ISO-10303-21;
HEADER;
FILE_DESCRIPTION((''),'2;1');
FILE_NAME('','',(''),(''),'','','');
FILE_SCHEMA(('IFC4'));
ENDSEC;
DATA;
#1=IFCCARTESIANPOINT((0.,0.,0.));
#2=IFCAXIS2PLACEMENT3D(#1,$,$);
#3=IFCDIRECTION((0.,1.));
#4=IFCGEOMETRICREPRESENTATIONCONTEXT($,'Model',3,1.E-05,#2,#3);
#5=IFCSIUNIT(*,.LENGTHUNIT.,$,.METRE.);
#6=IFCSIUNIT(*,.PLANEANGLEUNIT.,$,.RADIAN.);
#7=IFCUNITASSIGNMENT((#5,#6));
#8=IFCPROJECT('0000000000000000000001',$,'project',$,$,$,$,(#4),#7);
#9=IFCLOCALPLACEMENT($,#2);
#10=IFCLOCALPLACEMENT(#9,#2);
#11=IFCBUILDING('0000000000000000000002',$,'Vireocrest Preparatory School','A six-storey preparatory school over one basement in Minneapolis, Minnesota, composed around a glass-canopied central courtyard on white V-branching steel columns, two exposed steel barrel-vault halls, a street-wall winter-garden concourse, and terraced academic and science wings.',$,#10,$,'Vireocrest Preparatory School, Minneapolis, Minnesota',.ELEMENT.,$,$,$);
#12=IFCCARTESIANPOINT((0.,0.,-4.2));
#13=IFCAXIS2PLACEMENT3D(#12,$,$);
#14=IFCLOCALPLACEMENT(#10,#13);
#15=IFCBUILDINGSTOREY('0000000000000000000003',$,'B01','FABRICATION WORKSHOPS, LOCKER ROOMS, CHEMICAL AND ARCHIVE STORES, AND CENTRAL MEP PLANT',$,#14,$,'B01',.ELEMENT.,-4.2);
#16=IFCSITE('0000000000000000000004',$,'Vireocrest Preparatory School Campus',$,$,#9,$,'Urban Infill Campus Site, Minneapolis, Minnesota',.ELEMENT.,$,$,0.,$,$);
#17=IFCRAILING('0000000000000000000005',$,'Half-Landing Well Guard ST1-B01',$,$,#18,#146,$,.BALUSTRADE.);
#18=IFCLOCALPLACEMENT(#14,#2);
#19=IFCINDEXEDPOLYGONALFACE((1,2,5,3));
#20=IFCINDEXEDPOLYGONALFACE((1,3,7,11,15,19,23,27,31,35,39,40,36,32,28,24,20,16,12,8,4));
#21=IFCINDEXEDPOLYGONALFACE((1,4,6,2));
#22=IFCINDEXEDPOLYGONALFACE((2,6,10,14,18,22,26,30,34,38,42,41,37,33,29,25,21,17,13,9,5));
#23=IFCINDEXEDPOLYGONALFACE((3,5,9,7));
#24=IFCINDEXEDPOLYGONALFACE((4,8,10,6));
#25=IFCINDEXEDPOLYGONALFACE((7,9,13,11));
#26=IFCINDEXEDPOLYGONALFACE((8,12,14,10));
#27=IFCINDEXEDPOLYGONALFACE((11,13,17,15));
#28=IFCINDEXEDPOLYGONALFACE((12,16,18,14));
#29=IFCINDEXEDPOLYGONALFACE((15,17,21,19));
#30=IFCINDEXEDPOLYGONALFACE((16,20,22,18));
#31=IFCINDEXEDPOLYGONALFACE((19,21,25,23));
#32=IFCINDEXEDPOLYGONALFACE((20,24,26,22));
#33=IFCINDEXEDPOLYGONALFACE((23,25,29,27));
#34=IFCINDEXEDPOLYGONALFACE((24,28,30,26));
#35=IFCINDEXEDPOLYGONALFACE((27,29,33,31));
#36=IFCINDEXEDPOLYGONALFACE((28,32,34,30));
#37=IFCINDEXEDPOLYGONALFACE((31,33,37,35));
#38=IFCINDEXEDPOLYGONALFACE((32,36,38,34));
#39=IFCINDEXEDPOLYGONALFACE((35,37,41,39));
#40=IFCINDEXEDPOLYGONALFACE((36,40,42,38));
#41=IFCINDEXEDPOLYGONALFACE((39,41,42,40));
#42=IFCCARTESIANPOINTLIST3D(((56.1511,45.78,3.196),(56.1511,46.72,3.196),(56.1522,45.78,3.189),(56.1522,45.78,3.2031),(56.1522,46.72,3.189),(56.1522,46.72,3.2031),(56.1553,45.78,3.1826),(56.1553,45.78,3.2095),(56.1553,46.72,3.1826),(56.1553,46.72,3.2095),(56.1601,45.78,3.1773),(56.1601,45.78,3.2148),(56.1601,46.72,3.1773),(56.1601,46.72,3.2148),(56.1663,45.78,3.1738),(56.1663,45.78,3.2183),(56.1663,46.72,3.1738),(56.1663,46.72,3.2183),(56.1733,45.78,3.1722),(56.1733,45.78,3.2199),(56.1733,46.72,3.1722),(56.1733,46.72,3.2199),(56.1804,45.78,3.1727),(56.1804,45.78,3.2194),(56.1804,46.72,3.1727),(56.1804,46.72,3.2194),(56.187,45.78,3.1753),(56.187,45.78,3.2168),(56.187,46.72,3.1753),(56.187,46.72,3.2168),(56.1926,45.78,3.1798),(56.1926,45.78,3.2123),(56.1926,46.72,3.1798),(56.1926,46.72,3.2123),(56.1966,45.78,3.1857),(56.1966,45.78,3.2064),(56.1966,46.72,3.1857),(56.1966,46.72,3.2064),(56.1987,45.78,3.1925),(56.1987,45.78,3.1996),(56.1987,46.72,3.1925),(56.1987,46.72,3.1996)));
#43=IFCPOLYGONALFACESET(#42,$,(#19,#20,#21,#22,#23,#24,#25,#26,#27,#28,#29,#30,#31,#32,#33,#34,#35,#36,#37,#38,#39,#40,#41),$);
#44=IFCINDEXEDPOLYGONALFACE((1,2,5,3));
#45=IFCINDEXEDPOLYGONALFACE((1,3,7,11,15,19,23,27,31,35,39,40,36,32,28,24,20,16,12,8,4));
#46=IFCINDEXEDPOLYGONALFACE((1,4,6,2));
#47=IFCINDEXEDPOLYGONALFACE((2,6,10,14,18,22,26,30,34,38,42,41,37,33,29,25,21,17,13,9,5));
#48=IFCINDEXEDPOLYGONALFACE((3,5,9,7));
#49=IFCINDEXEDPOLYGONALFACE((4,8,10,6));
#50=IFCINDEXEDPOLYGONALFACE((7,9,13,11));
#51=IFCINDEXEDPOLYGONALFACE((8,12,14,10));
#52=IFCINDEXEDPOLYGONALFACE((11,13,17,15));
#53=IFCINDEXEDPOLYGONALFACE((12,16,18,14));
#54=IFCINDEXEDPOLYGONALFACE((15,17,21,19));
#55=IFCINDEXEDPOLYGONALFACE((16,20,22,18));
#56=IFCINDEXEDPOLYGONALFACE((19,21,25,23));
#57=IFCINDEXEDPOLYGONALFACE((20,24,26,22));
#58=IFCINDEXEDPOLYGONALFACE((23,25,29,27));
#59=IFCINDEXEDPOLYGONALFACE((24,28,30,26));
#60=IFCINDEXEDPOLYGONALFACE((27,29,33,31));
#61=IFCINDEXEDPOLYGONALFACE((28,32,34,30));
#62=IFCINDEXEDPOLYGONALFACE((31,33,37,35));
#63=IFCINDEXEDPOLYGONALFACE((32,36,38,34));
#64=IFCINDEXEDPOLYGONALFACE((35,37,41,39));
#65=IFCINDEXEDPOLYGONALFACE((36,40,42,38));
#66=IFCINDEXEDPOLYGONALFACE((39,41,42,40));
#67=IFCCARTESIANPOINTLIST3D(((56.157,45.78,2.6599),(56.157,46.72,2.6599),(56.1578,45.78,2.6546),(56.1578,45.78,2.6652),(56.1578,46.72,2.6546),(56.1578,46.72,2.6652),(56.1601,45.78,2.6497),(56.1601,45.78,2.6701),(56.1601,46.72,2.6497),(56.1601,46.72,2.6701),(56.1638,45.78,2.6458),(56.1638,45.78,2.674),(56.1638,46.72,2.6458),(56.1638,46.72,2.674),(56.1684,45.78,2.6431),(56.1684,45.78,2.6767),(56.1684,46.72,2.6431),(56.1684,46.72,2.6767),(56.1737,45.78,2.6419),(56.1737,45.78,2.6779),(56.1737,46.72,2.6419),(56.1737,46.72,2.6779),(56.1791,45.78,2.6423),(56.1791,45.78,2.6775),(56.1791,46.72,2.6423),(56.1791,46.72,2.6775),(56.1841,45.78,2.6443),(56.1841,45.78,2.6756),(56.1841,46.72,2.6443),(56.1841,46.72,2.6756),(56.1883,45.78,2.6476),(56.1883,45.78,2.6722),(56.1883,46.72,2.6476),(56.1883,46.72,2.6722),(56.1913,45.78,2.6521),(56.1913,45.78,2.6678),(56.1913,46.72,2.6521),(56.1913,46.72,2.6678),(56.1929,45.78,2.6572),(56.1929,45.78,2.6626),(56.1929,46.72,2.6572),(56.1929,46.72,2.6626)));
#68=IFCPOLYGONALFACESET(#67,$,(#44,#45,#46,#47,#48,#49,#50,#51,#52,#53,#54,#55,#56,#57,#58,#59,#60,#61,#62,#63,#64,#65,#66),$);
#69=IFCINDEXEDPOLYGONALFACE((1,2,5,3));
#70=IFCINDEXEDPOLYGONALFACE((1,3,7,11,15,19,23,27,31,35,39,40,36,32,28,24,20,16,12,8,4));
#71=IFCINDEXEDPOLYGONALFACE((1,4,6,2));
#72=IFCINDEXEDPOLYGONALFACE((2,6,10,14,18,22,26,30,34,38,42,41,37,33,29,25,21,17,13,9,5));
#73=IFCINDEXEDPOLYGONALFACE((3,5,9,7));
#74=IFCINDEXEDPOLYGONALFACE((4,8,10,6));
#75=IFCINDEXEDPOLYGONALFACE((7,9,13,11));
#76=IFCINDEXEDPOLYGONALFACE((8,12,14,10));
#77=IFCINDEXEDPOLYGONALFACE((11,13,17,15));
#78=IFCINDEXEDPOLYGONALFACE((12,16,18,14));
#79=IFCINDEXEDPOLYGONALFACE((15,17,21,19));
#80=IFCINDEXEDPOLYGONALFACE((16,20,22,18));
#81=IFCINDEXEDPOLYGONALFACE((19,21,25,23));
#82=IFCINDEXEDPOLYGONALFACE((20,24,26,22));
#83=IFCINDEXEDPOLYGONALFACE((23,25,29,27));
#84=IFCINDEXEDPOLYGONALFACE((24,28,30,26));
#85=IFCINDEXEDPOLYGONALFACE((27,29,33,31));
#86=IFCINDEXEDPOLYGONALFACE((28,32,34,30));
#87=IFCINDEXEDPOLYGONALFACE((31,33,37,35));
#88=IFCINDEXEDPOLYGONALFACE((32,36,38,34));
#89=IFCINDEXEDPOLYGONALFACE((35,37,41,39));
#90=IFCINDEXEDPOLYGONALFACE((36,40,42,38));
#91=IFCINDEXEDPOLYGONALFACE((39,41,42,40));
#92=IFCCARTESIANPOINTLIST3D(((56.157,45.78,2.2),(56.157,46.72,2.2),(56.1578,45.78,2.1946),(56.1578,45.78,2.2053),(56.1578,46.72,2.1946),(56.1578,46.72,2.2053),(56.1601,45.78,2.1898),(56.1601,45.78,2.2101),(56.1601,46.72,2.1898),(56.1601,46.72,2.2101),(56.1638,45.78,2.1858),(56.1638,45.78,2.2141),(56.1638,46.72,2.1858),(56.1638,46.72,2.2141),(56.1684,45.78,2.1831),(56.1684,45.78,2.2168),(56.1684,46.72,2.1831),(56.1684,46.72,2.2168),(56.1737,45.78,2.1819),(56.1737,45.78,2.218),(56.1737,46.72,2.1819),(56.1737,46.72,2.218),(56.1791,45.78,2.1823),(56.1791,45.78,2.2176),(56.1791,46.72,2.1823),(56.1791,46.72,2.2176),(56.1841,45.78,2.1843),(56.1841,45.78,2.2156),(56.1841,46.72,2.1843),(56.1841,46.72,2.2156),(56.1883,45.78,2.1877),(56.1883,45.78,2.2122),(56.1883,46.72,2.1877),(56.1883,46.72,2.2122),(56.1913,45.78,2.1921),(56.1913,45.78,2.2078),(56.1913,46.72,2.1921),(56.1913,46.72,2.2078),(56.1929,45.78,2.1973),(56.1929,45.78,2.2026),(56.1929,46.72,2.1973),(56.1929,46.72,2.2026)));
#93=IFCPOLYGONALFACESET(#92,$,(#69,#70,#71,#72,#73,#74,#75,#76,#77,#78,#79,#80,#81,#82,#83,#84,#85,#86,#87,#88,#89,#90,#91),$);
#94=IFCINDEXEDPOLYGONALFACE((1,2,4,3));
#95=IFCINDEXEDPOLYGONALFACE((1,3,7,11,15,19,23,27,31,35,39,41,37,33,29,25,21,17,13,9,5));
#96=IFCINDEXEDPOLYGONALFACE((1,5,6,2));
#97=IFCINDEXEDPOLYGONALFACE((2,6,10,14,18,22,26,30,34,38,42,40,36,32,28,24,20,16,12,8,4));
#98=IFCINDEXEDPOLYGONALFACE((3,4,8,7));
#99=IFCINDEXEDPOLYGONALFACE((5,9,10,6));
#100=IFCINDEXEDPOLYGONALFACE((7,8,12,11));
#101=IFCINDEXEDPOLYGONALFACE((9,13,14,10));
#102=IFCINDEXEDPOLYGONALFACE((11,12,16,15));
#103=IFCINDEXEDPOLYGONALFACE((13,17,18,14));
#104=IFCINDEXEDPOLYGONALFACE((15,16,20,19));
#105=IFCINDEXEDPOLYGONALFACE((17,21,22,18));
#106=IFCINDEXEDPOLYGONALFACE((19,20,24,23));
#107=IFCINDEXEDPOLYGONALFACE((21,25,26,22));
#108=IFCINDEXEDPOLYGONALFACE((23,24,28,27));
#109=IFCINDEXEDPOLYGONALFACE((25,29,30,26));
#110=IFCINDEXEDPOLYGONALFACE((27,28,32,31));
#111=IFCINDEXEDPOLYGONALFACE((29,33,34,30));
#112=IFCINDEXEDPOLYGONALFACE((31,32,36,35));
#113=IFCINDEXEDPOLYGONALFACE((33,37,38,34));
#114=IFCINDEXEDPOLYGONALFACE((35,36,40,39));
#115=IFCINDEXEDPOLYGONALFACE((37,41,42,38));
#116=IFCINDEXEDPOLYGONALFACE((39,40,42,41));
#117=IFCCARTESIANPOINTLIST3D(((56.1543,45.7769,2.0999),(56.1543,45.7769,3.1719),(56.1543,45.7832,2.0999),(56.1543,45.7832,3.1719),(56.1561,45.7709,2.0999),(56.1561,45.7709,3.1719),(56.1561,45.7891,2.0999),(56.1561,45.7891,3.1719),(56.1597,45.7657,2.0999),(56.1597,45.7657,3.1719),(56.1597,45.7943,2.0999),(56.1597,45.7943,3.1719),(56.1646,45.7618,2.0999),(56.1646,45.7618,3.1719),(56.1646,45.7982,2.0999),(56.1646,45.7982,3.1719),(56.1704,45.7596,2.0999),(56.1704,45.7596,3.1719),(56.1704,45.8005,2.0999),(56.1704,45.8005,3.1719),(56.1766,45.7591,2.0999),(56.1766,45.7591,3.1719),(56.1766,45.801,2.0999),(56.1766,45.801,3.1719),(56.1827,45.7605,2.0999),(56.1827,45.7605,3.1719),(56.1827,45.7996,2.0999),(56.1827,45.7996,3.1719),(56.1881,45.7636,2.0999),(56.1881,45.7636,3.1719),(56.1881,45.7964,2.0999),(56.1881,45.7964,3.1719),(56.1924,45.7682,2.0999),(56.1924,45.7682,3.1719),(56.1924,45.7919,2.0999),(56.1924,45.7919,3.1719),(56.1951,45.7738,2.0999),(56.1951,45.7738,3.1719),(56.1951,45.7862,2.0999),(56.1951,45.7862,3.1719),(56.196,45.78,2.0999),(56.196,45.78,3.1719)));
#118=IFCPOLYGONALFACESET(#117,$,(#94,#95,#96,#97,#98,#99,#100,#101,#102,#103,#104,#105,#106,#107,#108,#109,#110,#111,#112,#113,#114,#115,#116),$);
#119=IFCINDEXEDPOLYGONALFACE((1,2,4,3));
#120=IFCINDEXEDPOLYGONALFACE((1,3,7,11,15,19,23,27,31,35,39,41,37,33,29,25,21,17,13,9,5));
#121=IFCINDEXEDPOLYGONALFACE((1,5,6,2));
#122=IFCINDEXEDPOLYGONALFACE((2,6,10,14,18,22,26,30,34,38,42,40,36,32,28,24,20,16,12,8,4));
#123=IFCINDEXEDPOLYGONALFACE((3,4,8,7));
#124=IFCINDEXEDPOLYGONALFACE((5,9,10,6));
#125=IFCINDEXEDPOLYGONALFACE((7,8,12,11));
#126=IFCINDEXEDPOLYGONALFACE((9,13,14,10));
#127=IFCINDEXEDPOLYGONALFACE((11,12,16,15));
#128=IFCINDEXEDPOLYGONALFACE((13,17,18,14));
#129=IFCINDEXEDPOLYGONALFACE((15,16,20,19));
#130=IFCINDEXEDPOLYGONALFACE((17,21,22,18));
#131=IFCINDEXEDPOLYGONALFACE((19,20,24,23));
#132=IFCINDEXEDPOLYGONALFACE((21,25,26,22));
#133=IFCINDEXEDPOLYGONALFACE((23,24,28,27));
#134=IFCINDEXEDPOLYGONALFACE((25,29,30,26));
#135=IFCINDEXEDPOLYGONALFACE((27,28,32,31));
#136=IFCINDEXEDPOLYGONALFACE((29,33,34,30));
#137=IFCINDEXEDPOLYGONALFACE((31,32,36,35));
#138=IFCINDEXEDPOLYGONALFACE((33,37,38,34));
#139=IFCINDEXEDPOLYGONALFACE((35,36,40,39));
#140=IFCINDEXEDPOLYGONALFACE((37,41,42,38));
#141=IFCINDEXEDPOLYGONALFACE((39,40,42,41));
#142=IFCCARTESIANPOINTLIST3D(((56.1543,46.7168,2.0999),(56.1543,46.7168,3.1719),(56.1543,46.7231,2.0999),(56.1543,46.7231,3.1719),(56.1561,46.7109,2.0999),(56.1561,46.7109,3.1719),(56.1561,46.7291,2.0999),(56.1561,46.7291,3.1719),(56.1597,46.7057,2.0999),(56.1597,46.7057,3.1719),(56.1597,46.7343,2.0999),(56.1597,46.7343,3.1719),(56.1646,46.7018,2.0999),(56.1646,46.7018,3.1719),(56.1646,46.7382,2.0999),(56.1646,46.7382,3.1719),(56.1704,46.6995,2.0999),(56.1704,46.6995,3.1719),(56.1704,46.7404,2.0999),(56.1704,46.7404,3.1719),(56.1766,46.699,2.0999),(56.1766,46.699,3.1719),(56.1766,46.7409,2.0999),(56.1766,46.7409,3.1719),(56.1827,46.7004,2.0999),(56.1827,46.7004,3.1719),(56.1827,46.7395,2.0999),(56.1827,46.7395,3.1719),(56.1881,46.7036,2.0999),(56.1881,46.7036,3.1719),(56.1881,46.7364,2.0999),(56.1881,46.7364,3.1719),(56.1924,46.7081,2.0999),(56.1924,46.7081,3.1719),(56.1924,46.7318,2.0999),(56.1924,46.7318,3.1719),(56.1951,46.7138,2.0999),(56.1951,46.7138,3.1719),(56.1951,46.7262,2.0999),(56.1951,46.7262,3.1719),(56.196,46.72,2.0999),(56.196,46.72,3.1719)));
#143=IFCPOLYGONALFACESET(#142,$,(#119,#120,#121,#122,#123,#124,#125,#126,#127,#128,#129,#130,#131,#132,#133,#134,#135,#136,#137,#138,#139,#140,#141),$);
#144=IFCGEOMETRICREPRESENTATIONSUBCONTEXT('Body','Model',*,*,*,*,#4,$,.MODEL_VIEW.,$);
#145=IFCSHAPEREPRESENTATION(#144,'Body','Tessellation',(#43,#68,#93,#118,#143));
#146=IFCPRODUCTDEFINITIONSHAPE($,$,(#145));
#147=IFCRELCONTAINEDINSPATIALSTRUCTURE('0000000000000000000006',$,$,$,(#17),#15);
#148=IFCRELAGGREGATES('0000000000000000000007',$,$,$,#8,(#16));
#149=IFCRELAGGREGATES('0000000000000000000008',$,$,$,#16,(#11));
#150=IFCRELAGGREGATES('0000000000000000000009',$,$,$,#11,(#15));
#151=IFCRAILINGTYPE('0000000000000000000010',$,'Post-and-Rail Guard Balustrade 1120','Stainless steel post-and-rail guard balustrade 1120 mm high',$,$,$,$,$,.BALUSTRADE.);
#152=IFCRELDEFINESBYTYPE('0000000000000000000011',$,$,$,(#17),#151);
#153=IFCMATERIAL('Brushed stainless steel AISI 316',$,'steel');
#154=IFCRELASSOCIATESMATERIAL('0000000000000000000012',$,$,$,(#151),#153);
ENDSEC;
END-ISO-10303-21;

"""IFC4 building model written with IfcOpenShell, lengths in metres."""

from ifc_helpers import new_model, si_unit, direction, frame, origin, origin_2d, place, context, subcontext, project, spatial, circle, extrude, material, type_object, element, save


model = new_model("IFC4")

# Units and contexts
model_context = context("Model", 3, precision=1e-05, world=origin(), true_north=direction((0.0, 1.0)))
body_context = subcontext(model_context, "Body", "Model", "MODEL_VIEW")
ifc_project = project(units=[si_unit("LENGTHUNIT", "METRE"), si_unit("PLANEANGLEUNIT", "RADIAN")], contexts=[model_context])

# Site, building, storey
site_placement = place(None, origin())
site = spatial("IfcSite", under=ifc_project, at=site_placement, Name="Vireocrest Preparatory School Campus", LongName="Urban Infill Campus Site, Minneapolis, Minnesota", CompositionType="ELEMENT", RefElevation=0.0)
building_placement = place(site_placement, origin())
building = spatial("IfcBuilding", under=site, at=building_placement, Name="Vireocrest Preparatory School", Description="A six-storey preparatory school over one basement in Minneapolis, Minnesota, composed around a glass-canopied central courtyard on white V-branching steel columns, two exposed steel barrel-vault halls, a street-wall winter-garden concourse, and terraced academic and science wings.", LongName="Vireocrest Preparatory School, Minneapolis, Minnesota", CompositionType="ELEMENT")
storey_placement = place(building_placement, frame((0.0, 0.0, -4.2)))
storey = spatial("IfcBuildingStorey", under=building, at=storey_placement, Name="B01", Description="FABRICATION WORKSHOPS, LOCKER ROOMS, CHEMICAL AND ARCHIVE STORES, AND CENTRAL MEP PLANT", LongName="B01", CompositionType="ELEMENT", Elevation=-4.2)

# Railing
ifc_material_1 = material(Name="Brushed stainless steel AISI 316", Category="steel")
railing_type_1 = type_object("IfcRailingType", Name="Post-and-Rail Guard Balustrade 1120", Description="Stainless steel post-and-rail guard balustrade 1120 mm high", PredefinedType="BALUSTRADE", material=ifc_material_1)
railing_1_placement = place(storey_placement, frame((56.175, 45.78, 2.0999)))
element("IfcRailing", 1, at=railing_1_placement, inside=storey, type_object=railing_type_1, Name="Half-Landing Well Guard ST1-B01", PredefinedType="BALUSTRADE", context=body_context, shape_type="SweptSolid", body=[
    extrude(circle(Radius=0.0239, at=origin_2d()), frame((0.0, 0.0, 1.0962), z_axis=(0.0, 1.0, 0.0), x_axis=(-1.0, 0.0, 0.0)), (0.0, 0.0, 1.0), 0.9399),
    extrude(circle(Radius=0.0181, at=origin_2d()), frame((0.0, 0.0, 0.5601), z_axis=(0.0, 1.0, 0.0), x_axis=(-1.0, 0.0, 0.0)), (0.0, 0.0, 1.0), 0.9399),
    extrude(circle(Radius=0.0181, at=origin_2d()), frame((0.0, 0.0, 0.1001), z_axis=(0.0, 1.0, 0.0), x_axis=(-1.0, 0.0, 0.0)), (0.0, 0.0, 1.0), 0.9399),
    extrude(circle(Radius=0.021, at=origin_2d()), origin(), (0.0, 0.0, 1.0), 1.072),
    extrude(circle(Radius=0.021, at=origin_2d()), frame((0.0, 0.9399, 0.0)), (0.0, 0.0, 1.0), 1.072),
])

save(model, "model.ifc")
